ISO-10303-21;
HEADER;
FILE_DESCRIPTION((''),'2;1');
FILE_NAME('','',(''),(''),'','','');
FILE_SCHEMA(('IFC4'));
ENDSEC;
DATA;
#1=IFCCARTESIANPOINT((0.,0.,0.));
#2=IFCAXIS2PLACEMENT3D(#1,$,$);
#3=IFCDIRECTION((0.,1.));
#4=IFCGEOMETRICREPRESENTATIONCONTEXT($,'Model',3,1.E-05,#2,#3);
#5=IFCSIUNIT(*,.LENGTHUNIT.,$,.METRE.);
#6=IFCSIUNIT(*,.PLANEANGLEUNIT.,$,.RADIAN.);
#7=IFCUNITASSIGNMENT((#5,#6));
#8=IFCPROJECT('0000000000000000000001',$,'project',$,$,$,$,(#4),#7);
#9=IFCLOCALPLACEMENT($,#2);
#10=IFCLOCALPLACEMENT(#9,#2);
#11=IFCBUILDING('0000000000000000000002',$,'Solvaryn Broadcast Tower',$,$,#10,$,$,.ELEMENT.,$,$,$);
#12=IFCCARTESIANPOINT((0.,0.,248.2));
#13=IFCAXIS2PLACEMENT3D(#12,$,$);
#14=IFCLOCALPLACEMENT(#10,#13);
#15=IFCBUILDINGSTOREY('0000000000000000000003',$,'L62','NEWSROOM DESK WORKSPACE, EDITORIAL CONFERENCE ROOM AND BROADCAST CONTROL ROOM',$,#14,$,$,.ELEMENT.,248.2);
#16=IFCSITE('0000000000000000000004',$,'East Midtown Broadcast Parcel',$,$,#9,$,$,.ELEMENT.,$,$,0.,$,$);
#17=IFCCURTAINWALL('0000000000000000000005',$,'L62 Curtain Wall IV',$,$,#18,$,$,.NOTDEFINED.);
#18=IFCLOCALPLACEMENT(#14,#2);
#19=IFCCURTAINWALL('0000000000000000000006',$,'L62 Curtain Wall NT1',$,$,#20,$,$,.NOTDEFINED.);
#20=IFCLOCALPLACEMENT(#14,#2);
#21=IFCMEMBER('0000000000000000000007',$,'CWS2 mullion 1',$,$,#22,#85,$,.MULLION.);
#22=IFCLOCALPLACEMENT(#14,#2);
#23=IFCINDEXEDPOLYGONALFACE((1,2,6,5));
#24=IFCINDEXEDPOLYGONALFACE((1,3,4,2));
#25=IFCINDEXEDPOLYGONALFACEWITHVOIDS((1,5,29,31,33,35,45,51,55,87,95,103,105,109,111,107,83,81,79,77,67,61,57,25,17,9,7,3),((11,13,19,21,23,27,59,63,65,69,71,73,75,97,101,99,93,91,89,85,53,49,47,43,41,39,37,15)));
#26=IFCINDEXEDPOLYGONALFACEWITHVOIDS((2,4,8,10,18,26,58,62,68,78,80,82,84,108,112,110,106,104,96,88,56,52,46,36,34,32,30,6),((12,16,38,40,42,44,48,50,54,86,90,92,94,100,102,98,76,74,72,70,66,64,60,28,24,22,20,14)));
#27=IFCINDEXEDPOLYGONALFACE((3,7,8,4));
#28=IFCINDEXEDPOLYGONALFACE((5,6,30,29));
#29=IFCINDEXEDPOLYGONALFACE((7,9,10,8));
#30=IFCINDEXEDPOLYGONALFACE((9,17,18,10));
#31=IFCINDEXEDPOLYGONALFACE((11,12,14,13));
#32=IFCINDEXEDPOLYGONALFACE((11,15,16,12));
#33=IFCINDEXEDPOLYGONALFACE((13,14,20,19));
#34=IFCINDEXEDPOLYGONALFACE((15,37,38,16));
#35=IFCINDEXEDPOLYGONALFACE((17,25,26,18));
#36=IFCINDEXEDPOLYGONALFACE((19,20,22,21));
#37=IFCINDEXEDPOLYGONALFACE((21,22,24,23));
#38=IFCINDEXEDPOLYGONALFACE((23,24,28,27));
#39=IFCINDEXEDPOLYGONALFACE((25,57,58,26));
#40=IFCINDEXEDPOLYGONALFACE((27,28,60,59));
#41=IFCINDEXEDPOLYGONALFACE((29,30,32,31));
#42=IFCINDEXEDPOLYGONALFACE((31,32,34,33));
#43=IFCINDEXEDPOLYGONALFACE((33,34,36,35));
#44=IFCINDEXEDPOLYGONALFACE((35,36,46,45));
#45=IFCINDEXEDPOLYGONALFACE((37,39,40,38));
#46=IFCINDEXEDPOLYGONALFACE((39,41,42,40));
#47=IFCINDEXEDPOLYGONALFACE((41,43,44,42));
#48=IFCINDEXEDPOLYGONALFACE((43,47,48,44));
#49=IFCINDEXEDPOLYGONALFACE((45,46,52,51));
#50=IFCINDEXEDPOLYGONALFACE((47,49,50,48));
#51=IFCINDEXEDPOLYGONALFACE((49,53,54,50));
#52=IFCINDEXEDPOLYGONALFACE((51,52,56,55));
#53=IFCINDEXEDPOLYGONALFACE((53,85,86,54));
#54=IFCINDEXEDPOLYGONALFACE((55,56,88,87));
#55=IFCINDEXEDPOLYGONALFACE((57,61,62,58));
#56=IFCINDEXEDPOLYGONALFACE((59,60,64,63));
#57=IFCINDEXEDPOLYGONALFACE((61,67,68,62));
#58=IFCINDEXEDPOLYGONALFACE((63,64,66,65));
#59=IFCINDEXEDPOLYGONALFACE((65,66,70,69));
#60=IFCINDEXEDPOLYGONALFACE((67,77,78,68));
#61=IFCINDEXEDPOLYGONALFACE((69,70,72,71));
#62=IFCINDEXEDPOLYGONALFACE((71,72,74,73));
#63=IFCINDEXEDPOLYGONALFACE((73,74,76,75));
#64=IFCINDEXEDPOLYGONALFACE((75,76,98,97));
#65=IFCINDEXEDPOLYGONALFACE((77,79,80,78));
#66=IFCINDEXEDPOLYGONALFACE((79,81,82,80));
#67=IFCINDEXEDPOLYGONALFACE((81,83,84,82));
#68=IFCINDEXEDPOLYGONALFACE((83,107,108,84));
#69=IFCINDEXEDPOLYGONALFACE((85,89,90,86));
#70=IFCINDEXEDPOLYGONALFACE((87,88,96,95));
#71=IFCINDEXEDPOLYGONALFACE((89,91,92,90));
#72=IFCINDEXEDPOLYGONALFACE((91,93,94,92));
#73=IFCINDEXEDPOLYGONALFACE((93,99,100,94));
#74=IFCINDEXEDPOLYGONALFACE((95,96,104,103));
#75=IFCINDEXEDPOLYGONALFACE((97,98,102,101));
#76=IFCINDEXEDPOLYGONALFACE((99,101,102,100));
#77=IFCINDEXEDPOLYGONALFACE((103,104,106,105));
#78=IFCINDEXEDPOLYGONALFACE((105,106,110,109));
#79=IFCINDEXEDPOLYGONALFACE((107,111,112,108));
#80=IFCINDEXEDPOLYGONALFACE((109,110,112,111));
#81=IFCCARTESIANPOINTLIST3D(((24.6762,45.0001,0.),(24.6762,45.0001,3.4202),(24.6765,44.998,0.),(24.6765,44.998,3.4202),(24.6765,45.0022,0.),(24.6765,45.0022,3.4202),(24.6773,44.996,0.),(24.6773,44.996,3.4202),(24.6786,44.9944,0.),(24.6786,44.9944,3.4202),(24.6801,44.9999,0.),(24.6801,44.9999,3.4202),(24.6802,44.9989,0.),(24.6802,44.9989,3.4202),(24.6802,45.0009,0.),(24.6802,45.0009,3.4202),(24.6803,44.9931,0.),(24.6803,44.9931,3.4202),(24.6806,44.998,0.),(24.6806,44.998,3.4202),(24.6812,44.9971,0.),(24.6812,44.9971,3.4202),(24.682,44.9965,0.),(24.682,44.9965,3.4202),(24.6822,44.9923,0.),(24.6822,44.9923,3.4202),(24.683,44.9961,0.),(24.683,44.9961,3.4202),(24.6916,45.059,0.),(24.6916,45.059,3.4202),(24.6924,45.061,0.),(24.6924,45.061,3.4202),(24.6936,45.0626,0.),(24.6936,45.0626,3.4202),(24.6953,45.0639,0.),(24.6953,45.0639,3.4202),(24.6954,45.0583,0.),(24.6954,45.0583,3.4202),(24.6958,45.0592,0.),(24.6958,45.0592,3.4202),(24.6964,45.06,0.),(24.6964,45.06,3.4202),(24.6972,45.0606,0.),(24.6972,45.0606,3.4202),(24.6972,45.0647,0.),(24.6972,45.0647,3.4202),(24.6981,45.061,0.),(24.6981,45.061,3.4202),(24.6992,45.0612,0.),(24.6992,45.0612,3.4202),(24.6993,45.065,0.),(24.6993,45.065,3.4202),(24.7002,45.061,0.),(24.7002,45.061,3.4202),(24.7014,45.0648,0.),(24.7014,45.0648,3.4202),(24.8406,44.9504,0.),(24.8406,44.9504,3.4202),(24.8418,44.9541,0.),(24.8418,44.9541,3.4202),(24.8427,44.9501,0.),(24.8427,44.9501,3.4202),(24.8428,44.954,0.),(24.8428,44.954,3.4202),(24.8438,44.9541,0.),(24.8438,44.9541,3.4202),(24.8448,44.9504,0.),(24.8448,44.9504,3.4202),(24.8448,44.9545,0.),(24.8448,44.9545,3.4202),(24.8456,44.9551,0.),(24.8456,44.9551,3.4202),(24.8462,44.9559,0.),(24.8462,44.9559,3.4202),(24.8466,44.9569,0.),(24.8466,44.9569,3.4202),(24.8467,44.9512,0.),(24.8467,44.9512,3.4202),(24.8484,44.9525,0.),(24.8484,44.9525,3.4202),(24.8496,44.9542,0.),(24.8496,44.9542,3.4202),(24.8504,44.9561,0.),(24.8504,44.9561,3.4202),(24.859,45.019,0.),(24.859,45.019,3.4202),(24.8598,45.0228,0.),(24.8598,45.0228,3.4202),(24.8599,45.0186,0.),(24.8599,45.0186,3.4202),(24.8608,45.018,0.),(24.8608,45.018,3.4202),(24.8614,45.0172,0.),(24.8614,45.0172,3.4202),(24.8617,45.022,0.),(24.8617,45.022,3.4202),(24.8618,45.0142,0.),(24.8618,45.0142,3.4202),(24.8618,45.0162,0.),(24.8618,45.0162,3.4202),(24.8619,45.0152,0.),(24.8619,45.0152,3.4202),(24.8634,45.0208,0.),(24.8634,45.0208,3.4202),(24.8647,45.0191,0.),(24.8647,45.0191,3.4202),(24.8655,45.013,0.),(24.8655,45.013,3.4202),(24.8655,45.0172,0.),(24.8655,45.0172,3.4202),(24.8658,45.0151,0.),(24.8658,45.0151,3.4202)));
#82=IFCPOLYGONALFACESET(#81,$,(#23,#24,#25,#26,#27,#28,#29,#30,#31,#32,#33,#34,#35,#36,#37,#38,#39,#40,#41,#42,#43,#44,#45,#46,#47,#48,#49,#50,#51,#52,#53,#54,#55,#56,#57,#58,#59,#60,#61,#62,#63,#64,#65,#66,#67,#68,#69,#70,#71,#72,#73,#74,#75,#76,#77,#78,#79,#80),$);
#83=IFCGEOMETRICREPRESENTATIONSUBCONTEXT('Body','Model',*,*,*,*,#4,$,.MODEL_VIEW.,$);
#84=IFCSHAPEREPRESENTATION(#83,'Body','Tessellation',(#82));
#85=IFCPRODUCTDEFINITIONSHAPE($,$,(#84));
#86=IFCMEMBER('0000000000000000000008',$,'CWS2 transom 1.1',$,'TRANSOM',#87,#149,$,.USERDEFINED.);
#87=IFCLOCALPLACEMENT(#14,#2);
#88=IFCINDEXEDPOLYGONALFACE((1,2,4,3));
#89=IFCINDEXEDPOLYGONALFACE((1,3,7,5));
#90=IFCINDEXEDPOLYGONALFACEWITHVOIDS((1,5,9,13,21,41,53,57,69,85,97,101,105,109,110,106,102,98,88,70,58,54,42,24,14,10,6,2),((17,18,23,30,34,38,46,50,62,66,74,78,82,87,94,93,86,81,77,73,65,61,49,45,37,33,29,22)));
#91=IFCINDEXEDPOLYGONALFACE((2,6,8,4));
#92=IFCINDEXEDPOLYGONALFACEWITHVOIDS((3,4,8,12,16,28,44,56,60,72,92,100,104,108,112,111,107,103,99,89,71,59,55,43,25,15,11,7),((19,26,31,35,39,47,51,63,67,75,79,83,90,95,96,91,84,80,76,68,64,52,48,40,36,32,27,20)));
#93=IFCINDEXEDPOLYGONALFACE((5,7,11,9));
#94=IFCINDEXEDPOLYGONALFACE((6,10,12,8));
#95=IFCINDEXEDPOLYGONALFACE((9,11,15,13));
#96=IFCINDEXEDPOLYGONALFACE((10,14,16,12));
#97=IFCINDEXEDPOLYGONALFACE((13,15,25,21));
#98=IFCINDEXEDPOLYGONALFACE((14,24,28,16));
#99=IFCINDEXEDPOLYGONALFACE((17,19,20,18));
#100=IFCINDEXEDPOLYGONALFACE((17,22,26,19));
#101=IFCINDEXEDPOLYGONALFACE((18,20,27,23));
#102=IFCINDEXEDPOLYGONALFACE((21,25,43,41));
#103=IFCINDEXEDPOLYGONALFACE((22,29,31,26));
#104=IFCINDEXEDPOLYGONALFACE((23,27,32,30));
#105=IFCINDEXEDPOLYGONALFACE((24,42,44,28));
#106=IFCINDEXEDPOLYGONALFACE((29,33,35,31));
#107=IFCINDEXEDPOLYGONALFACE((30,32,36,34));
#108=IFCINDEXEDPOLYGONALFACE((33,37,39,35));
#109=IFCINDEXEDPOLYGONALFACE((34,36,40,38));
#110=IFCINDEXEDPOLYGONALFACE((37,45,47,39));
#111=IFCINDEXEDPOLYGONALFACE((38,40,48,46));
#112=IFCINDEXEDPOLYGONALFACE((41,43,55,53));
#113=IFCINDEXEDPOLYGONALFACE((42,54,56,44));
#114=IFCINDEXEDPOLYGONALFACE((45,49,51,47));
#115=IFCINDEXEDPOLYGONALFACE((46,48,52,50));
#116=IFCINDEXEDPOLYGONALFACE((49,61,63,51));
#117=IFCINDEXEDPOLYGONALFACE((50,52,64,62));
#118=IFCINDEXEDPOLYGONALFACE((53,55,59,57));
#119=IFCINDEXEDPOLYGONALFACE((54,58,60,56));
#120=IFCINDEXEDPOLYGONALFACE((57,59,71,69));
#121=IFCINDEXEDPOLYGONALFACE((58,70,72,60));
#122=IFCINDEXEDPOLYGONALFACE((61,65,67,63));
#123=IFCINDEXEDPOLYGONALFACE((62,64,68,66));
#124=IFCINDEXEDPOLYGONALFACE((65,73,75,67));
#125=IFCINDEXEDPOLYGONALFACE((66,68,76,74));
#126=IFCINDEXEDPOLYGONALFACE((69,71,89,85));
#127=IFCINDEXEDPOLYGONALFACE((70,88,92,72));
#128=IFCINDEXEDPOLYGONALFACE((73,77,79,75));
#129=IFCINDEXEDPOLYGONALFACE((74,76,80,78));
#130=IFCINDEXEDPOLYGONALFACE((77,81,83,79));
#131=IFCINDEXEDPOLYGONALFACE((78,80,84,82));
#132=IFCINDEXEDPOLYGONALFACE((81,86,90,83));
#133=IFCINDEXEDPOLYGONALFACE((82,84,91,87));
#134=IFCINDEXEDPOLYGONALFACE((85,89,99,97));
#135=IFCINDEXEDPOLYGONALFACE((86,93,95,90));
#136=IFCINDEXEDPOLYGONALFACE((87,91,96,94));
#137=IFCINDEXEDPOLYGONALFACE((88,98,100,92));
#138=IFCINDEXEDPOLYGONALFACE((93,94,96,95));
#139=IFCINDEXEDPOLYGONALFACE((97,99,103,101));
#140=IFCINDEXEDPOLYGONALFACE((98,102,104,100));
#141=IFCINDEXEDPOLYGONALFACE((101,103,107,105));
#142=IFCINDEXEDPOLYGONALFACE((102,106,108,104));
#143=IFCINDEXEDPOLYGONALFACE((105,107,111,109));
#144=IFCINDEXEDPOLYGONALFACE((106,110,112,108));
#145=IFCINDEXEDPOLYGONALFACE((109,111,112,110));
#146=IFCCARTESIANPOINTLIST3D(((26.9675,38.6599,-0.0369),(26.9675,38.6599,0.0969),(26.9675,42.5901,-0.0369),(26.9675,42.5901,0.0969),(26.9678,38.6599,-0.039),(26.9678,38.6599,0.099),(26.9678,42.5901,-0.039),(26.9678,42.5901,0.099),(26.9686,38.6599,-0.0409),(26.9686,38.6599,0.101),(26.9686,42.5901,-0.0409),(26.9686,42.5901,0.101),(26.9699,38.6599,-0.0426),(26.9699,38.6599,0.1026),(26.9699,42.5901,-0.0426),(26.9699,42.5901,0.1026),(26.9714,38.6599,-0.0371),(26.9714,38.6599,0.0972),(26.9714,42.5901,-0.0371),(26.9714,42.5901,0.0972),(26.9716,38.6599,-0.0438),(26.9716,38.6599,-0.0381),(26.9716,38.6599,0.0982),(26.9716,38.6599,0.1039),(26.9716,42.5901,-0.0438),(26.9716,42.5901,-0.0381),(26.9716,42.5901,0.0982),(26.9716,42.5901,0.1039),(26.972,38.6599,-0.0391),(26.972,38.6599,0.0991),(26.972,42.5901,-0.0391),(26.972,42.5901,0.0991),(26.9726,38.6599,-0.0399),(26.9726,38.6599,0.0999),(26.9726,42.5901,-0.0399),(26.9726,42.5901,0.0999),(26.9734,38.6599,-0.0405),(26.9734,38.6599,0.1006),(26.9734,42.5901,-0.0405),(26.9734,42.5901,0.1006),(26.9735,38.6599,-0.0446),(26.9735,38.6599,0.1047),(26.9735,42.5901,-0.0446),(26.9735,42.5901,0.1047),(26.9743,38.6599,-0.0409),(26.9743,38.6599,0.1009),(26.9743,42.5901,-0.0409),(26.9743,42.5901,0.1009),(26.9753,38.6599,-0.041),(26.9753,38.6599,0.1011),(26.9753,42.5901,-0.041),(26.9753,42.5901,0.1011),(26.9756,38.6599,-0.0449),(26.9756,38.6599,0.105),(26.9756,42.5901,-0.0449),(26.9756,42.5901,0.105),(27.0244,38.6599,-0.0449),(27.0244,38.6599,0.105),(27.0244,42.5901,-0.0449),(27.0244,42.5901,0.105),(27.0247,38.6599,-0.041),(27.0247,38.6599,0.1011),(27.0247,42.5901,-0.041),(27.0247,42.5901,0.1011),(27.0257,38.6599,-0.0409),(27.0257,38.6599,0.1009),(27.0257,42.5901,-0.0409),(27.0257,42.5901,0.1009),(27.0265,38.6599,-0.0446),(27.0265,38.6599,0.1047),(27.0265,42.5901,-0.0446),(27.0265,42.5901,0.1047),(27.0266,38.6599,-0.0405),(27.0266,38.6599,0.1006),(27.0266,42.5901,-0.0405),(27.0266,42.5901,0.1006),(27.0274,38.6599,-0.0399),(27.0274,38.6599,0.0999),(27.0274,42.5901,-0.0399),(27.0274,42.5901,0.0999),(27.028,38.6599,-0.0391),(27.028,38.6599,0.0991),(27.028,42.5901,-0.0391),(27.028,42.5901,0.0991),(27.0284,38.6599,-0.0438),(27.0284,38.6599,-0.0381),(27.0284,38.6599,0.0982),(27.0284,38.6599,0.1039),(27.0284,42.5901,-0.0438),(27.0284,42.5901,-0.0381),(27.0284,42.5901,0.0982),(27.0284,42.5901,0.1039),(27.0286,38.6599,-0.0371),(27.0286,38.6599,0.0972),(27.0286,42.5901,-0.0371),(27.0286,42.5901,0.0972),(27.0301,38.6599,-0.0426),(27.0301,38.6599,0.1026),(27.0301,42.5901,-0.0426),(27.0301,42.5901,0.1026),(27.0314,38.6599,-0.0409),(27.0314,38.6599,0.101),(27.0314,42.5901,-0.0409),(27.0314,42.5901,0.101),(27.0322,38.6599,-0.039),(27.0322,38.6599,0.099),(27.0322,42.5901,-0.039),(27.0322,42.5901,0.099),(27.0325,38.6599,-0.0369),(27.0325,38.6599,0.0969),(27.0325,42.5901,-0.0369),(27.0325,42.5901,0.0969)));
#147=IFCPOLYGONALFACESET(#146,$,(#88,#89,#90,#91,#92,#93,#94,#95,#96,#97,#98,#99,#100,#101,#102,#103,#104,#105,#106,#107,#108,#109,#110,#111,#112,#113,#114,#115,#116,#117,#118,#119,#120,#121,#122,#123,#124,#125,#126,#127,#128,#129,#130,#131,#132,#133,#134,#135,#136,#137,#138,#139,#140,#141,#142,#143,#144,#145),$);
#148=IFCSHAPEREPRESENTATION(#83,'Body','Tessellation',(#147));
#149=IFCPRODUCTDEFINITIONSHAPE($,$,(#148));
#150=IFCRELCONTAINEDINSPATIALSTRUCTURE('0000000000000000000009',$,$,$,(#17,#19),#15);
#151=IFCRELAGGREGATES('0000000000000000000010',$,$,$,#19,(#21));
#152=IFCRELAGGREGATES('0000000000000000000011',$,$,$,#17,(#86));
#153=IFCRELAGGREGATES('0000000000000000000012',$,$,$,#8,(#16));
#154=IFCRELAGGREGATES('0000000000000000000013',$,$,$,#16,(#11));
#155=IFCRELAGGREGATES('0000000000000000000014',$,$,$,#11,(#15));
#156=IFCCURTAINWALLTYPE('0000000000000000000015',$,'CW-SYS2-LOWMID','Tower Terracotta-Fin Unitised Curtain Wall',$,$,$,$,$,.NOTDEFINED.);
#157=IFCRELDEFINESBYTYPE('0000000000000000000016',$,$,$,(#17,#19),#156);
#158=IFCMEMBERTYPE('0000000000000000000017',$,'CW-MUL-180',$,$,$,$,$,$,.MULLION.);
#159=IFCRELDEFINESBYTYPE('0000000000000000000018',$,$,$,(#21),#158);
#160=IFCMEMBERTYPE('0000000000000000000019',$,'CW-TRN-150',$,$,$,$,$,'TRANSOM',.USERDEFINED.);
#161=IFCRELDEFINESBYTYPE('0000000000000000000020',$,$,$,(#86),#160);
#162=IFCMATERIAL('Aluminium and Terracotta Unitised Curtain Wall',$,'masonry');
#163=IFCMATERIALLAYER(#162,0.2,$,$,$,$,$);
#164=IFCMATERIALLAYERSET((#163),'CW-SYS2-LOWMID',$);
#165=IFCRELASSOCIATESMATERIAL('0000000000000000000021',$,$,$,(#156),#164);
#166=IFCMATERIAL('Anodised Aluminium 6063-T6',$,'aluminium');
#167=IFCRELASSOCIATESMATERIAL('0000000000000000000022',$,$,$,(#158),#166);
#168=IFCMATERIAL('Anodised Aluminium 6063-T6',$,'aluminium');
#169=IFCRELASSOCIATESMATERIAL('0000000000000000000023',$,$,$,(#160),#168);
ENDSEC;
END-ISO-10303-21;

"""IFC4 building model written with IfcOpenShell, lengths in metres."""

from ifc_helpers import new_model, si_unit, direction, frame, origin, origin_2d, place, context, subcontext, project, spatial, hollow_rectangle, extrude, material, layer, layer_set, material_profile, profile_set, type_object, element, aggregate, save


model = new_model("IFC4")

# Units and contexts
model_context = context("Model", 3, precision=1e-05, world=origin(), true_north=direction((0.0, 1.0)))
body_context = subcontext(model_context, "Body", "Model", "MODEL_VIEW")
ifc_project = project(units=[si_unit("LENGTHUNIT", "METRE"), si_unit("PLANEANGLEUNIT", "RADIAN")], contexts=[model_context])

# Site, building, storey
site_placement = place(None, origin())
site = spatial("IfcSite", under=ifc_project, at=site_placement, Name="East Midtown Broadcast Parcel", CompositionType="ELEMENT", RefElevation=0.0)
building_placement = place(site_placement, origin())
building = spatial("IfcBuilding", under=site, at=building_placement, Name="Solvaryn Broadcast Tower", CompositionType="ELEMENT")
storey_placement = place(building_placement, frame((0.0, 0.0, 248.2)))
storey = spatial("IfcBuildingStorey", under=building, at=storey_placement, Name="L62", Description="NEWSROOM DESK WORKSPACE, EDITORIAL CONFERENCE ROOM AND BROADCAST CONTROL ROOM", CompositionType="ELEMENT", Elevation=248.2)

# Curtain wall
ifc_material_1 = material(Name="Aluminium and Terracotta Unitised Curtain Wall", Category="masonry")
ifc_layer_1 = layer(ifc_material_1, 0.2)
ifc_layer_set_1 = layer_set([ifc_layer_1], Name="CW-SYS2-LOWMID")
curtain_wall_type = type_object("IfcCurtainWallType", Name="CW-SYS2-LOWMID", Description="Tower Terracotta-Fin Unitised Curtain Wall", PredefinedType="NOTDEFINED", material=ifc_layer_set_1)
curtain_wall_1_placement = place(storey_placement, origin())
curtain_wall_1 = element("IfcCurtainWall", 1, at=curtain_wall_1_placement, inside=storey, type_object=curtain_wall_type, Name="L62 Curtain Wall IV", PredefinedType="NOTDEFINED")
ifc_material_2 = material(Name="Anodised Aluminium 6063-T6", Category="aluminium")
ifc_material_profile_1 = material_profile(ifc_material_2, hollow_rectangle(XDim=0.075, YDim=0.1799, WallThickness=0.0039, InnerFilletRadius=0.0039, OuterFilletRadius=0.0081, at=origin_2d()))
ifc_profile_set_1 = profile_set([ifc_material_profile_1], Name="Anodised Aluminium 6063-T6")
member_type_1 = type_object("IfcMemberType", Name="CW-MUL-180", PredefinedType="MULLION", material=ifc_profile_set_1)

# Curtain wall, member
curtain_wall_2_placement = place(storey_placement, origin())
curtain_wall_2 = element("IfcCurtainWall", 2, at=curtain_wall_2_placement, inside=storey, type_object=curtain_wall_type, Name="L62 Curtain Wall NT1", PredefinedType="NOTDEFINED")
member_1_placement = place(storey_placement, frame((24.771, 45.0076, 0.0), z_axis=(0.0, 0.0, 1.0), x_axis=(-0.255893, -0.966705, 0.0)))
member_1 = element("IfcMember", 3, at=member_1_placement, type_object=member_type_1, Name="CWS2 mullion 1", PredefinedType="MULLION", context=body_context, shape_type="SweptSolid", body=[
    extrude(hollow_rectangle(XDim=0.075, YDim=0.1799, WallThickness=0.0039, InnerFilletRadius=0.0039, OuterFilletRadius=0.0081, at=origin_2d()), origin(), (0.0, 0.0, 1.0), 3.4202),
])

# Member
ifc_material_3 = material(Name="Anodised Aluminium 6063-T6", Category="aluminium")
ifc_material_profile_2 = material_profile(ifc_material_3, hollow_rectangle(XDim=0.0649, YDim=0.1499, WallThickness=0.0039, InnerFilletRadius=0.0039, OuterFilletRadius=0.0081, at=origin_2d()))
ifc_profile_set_2 = profile_set([ifc_material_profile_2], Name="Anodised Aluminium 6063-T6")
member_type_2 = type_object("IfcMemberType", Name="CW-TRN-150", ElementType="TRANSOM", PredefinedType="USERDEFINED", material=ifc_profile_set_2)
member_2_placement = place(storey_placement, frame((27.0, 42.5901, 0.03), z_axis=(0.0, -1.0, 0.0), x_axis=(1.0, 0.0, 0.0)))
member_2 = element("IfcMember", 4, at=member_2_placement, type_object=member_type_2, Name="CWS2 transom 1.1", ObjectType="TRANSOM", PredefinedType="USERDEFINED", context=body_context, shape_type="SweptSolid", body=[
    extrude(hollow_rectangle(XDim=0.0649, YDim=0.1499, WallThickness=0.0039, InnerFilletRadius=0.0039, OuterFilletRadius=0.0081, at=origin_2d()), origin(), (0.0, 0.0, 1.0), 3.9302),
])
aggregate(curtain_wall_2, [member_1])

aggregate(curtain_wall_1, [member_2])

save(model, "model.ifc")
